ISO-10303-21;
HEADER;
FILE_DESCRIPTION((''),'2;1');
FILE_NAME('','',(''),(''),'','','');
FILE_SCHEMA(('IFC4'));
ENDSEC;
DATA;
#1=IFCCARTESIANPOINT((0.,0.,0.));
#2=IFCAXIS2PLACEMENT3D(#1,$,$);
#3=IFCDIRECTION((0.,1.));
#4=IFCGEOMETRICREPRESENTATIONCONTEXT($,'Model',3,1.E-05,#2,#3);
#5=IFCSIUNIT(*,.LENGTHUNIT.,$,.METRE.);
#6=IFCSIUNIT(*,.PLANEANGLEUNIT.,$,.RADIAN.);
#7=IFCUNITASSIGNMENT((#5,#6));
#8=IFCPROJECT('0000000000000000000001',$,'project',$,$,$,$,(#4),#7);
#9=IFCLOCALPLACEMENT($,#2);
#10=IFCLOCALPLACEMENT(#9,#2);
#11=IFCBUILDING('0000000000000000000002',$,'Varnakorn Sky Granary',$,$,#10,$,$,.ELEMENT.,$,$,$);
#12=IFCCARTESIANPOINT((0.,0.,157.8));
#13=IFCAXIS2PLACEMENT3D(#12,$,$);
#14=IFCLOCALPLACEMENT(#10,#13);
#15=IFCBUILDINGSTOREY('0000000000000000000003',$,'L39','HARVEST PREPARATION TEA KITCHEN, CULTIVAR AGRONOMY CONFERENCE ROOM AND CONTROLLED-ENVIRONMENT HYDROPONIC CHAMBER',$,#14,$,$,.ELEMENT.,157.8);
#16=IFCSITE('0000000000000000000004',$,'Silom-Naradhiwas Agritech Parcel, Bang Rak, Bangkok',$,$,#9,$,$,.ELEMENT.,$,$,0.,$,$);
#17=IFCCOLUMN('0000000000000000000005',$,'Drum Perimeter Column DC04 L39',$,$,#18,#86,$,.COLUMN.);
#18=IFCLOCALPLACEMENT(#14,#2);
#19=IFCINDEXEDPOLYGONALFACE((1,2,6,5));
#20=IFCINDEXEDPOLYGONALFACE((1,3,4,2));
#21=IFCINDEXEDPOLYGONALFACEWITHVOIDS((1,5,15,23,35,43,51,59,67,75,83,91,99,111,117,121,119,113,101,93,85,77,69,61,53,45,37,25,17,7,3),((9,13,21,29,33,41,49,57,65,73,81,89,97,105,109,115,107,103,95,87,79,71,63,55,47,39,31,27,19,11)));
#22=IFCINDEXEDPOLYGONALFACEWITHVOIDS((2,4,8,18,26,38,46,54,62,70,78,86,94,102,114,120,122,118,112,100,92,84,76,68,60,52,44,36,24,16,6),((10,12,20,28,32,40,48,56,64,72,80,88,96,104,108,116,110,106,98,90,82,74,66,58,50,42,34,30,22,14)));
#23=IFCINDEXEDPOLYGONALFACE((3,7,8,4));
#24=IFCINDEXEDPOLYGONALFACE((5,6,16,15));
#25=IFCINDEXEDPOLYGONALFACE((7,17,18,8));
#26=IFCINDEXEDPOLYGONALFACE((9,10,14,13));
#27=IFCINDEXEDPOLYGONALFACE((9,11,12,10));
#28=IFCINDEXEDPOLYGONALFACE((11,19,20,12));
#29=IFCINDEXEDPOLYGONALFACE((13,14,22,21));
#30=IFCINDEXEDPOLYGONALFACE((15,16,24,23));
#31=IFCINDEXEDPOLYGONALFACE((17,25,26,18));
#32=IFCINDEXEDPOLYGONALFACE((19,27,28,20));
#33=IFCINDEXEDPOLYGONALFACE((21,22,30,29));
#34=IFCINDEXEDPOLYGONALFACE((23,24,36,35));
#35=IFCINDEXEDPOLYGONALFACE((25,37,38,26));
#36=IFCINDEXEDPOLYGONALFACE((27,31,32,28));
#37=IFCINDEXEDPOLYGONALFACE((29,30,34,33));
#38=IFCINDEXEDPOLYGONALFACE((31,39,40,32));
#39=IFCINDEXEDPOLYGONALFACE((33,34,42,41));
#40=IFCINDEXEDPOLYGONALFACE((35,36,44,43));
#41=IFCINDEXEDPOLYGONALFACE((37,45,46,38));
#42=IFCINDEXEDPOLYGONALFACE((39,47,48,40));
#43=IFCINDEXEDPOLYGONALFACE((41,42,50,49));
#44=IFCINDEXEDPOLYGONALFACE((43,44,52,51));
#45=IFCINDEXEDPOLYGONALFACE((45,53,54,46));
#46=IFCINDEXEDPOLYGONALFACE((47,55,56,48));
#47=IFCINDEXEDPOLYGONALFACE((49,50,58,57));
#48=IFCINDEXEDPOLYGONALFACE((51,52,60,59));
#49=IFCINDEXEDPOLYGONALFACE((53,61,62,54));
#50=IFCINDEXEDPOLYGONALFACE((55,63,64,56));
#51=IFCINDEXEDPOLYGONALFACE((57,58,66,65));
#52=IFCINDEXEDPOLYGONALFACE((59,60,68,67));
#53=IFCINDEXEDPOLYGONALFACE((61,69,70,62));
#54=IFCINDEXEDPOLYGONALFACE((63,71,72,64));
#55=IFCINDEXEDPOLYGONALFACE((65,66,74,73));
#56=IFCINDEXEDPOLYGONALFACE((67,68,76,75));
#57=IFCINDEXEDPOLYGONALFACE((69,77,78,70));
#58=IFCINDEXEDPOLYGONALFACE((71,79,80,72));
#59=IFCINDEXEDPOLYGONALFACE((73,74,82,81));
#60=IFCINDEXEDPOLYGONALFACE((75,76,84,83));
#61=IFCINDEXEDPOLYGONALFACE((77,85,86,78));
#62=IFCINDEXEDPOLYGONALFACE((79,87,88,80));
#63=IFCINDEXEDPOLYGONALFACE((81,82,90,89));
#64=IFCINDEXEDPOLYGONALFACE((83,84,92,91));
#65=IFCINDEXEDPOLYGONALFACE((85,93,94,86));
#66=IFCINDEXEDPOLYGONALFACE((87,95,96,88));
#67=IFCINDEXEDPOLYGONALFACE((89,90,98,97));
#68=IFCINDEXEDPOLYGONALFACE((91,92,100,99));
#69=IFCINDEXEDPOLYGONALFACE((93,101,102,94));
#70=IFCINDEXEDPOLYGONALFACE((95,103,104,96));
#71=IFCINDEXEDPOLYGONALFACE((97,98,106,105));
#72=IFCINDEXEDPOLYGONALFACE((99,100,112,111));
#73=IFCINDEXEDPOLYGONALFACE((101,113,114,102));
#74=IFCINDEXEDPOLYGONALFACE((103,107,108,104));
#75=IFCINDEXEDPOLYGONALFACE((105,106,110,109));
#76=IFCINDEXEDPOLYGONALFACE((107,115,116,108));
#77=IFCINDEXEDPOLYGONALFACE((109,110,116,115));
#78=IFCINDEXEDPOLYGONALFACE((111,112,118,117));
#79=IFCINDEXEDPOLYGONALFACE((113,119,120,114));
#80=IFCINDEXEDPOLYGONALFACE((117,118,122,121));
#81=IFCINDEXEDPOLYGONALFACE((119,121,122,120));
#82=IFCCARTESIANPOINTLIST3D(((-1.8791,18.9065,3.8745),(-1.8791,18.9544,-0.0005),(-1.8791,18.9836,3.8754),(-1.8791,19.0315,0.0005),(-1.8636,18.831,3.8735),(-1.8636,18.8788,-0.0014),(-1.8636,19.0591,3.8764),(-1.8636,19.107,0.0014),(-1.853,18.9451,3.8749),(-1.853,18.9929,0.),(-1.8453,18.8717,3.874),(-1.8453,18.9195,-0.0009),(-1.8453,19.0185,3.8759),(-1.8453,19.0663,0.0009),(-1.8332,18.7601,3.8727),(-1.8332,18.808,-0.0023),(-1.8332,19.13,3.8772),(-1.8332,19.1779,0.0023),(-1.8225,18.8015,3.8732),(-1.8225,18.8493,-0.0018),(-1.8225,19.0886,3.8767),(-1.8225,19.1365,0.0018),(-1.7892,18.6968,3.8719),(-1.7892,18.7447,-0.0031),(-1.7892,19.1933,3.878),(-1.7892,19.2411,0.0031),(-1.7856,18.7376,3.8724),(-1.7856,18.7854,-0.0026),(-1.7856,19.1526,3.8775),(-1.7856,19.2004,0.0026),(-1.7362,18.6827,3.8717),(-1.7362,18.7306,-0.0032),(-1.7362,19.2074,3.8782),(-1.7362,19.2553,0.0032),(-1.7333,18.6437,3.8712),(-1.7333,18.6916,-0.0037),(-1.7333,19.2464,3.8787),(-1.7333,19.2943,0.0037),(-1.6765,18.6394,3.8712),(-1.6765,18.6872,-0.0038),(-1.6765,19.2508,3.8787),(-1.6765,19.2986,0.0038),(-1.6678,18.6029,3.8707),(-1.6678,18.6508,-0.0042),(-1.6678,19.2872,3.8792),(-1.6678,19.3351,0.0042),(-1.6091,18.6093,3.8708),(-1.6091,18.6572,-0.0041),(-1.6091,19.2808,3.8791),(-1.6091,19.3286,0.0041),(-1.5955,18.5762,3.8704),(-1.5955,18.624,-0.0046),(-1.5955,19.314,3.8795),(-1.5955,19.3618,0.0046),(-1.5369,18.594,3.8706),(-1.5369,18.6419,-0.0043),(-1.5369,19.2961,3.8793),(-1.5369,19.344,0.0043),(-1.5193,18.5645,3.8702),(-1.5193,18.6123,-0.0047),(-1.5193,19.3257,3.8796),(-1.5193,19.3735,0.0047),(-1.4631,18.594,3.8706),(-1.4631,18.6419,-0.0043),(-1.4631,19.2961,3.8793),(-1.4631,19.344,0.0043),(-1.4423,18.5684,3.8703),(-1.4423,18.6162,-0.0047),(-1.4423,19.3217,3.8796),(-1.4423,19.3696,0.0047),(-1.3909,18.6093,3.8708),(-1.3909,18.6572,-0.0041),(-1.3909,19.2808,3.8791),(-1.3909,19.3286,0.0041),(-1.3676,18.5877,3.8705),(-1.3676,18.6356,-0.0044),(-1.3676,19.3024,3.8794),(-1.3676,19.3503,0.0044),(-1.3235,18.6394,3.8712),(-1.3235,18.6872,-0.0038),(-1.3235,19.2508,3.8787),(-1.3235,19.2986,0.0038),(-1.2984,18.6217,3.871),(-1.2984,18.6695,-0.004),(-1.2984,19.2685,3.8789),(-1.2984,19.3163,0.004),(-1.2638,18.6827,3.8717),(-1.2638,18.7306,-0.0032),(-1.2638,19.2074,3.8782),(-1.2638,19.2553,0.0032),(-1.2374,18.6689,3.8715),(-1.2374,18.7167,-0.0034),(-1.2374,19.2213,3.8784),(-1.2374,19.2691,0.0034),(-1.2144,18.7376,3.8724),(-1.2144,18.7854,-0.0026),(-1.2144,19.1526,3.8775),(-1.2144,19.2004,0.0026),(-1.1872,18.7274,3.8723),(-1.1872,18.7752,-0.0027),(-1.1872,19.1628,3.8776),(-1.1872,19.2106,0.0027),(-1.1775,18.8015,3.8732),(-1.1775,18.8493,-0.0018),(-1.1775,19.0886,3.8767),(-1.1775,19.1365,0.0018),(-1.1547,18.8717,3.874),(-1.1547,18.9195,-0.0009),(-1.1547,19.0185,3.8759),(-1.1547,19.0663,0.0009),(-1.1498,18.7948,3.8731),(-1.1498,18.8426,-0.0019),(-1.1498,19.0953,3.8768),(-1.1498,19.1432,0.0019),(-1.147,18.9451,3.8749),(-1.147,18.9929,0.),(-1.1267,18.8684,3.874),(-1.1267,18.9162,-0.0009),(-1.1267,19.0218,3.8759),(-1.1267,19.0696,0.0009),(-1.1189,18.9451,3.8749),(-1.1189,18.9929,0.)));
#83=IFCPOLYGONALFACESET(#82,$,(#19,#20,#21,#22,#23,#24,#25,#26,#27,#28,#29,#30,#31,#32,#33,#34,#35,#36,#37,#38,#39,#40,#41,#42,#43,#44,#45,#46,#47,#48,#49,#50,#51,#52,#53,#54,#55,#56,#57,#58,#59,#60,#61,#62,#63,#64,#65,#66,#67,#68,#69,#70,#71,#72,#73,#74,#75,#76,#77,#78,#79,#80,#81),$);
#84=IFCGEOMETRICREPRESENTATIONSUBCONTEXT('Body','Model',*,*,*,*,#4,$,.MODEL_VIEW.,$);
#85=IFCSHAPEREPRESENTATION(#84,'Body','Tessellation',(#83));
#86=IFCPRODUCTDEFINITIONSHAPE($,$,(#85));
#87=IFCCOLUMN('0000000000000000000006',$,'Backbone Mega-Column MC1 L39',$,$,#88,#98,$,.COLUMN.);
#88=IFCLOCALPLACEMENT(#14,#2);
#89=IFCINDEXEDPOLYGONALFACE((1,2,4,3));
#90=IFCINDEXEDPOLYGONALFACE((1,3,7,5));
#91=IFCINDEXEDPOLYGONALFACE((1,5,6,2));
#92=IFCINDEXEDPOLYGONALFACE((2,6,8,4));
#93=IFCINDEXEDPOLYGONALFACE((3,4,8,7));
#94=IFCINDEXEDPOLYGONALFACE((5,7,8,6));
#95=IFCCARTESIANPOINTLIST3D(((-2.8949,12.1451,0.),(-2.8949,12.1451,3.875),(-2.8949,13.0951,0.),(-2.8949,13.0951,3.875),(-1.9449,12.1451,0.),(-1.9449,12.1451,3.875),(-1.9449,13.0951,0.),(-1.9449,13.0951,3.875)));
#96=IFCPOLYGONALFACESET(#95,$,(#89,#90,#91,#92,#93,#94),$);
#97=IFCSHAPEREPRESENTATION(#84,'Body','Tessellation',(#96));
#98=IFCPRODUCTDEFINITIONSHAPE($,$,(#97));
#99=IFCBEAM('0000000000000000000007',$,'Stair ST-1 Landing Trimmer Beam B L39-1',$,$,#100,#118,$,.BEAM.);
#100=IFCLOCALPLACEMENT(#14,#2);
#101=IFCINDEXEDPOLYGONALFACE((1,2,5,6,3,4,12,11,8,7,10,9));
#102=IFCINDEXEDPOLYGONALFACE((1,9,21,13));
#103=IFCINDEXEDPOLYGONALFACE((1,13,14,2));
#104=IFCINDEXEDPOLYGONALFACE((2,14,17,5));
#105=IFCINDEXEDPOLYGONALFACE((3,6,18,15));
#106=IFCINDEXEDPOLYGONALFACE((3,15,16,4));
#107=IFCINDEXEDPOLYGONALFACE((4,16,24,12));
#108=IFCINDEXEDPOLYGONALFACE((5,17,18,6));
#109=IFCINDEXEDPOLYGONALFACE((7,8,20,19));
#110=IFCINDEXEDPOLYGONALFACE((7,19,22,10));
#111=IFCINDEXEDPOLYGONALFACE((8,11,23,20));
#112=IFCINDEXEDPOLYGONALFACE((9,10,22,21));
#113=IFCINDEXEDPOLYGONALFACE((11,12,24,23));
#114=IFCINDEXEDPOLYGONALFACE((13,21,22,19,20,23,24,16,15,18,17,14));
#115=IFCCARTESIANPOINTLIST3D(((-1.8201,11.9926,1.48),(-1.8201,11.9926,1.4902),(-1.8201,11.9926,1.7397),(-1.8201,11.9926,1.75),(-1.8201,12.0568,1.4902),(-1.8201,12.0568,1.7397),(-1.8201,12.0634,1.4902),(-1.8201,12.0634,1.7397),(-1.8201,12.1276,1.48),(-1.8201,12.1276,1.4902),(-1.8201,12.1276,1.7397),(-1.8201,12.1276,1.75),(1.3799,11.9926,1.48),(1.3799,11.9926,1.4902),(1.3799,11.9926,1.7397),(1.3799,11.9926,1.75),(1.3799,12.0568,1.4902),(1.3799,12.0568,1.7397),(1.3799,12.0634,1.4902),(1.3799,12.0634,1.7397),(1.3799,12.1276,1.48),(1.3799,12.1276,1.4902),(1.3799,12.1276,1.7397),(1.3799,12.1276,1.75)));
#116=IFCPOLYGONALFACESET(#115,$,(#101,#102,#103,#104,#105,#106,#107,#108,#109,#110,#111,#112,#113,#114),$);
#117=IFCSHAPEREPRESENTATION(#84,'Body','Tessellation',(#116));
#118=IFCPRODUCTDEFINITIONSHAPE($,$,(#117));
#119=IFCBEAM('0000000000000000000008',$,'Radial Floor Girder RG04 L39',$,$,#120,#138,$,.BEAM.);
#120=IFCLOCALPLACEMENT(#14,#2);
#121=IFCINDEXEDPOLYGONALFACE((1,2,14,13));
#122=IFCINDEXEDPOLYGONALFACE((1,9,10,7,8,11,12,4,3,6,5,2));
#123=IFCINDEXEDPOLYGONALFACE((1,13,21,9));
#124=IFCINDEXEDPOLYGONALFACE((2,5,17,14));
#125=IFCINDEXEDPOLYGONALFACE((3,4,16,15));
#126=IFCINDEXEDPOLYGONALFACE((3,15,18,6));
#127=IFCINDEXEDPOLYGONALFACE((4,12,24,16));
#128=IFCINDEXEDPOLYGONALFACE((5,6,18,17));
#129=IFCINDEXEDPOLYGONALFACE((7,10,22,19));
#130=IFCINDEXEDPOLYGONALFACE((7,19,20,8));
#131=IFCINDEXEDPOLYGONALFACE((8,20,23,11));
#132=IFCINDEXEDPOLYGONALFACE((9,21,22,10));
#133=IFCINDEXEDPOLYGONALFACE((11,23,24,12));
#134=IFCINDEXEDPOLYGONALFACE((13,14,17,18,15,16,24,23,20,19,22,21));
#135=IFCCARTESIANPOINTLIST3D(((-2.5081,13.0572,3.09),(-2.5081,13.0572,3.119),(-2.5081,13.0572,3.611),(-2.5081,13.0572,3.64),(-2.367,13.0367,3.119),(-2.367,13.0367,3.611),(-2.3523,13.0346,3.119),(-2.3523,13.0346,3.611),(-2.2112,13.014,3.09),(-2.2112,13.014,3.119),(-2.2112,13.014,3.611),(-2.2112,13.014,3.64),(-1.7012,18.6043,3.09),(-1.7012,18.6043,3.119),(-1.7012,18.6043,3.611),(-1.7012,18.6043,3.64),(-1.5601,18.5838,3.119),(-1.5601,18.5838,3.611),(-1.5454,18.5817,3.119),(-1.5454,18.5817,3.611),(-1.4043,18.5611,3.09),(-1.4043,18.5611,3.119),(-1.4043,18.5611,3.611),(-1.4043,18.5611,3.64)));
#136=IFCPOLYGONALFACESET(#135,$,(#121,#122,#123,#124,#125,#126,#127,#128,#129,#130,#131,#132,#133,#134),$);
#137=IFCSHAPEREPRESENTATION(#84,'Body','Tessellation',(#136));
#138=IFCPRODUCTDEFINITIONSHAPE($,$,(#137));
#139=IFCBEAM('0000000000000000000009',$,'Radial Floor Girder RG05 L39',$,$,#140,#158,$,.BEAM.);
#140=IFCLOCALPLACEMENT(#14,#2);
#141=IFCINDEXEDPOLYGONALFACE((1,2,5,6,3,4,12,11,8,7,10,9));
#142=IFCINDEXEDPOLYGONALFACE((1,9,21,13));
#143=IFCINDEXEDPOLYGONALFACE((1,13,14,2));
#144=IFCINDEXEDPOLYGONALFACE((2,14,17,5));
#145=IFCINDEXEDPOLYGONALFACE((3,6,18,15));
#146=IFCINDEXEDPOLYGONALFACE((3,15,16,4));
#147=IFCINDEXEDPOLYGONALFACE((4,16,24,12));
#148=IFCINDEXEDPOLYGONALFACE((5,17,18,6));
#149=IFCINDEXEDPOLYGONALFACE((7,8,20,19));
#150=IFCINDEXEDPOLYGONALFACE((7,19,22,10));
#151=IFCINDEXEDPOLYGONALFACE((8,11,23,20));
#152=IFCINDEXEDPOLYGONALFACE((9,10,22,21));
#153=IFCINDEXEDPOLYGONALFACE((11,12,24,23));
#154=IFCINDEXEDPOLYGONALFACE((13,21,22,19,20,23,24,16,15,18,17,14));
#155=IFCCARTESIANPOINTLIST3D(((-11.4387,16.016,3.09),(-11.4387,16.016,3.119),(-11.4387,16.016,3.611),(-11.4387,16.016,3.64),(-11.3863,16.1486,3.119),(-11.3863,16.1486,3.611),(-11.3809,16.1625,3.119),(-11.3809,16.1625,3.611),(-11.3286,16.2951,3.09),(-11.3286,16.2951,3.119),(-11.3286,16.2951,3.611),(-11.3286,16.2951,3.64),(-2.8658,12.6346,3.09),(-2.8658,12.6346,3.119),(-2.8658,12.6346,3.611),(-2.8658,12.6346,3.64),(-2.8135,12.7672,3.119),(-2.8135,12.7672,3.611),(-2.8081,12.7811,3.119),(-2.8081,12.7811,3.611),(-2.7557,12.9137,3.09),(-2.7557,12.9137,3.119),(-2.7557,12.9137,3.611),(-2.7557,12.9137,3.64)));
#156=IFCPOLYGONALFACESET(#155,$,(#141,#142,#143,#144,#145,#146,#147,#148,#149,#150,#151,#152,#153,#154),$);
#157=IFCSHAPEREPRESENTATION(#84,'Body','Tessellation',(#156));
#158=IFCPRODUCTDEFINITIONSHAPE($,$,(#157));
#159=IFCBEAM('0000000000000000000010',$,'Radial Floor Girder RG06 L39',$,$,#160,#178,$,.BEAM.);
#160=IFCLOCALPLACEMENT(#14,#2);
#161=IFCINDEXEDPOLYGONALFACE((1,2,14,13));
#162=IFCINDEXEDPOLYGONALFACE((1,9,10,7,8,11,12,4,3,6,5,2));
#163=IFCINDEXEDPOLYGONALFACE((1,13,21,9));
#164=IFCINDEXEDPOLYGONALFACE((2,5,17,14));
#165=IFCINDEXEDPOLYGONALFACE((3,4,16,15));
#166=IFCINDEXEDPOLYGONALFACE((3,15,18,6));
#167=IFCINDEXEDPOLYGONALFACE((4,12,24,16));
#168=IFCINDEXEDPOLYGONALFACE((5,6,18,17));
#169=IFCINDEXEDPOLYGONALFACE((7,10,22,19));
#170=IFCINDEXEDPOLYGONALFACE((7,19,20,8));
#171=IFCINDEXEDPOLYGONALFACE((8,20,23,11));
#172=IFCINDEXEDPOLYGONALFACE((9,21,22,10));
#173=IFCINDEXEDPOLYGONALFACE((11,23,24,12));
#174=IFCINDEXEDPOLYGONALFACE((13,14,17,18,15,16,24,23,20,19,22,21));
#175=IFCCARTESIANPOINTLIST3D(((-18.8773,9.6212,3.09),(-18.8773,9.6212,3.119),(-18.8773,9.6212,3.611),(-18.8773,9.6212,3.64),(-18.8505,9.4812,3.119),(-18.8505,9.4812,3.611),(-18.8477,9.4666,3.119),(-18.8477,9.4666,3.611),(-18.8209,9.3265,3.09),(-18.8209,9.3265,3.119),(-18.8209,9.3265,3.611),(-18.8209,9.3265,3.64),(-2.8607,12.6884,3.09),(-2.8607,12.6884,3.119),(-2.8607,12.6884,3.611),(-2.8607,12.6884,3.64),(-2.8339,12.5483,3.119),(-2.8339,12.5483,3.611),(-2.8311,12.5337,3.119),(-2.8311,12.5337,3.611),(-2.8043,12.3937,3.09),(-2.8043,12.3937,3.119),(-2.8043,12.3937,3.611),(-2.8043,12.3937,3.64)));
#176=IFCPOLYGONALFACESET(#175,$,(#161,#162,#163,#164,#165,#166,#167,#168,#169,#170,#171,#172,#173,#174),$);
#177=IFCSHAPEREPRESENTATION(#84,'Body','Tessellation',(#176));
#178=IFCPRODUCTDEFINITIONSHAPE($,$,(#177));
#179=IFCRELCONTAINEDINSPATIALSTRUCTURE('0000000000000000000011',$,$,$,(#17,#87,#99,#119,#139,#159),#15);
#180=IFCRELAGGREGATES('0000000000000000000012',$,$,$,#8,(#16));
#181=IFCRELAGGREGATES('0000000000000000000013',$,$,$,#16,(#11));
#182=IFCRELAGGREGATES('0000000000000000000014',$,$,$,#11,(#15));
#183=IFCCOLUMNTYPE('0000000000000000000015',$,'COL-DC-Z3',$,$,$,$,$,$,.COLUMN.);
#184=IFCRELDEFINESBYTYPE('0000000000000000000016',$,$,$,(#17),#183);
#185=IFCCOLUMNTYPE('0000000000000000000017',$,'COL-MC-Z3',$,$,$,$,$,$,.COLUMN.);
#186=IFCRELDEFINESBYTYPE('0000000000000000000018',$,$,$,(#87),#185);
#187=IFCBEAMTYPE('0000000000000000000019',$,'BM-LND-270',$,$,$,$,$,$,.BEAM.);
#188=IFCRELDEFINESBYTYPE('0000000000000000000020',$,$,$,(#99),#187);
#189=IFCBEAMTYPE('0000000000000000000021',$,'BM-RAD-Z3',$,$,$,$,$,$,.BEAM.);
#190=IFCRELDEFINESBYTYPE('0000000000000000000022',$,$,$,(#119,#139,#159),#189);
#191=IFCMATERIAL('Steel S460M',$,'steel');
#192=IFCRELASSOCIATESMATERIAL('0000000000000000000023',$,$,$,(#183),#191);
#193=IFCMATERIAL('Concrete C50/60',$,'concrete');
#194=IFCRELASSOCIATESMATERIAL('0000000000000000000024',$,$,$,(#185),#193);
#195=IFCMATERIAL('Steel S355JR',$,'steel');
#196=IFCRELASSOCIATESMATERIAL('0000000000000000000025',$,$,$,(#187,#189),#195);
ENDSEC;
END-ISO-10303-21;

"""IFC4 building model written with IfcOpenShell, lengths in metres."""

from ifc_helpers import new_model, si_unit, direction, frame, origin, origin_2d, place, context, subcontext, project, spatial, rectangle, hollow_circle, i_section, extrude, material, material_profile, profile_set, type_object, element, save


model = new_model("IFC4")

# Units and contexts
model_context = context("Model", 3, precision=1e-05, world=origin(), true_north=direction((0.0, 1.0)))
body_context = subcontext(model_context, "Body", "Model", "MODEL_VIEW")
ifc_project = project(units=[si_unit("LENGTHUNIT", "METRE"), si_unit("PLANEANGLEUNIT", "RADIAN")], contexts=[model_context])

# Site, building, storey
site_placement = place(None, origin())
site = spatial("IfcSite", under=ifc_project, at=site_placement, Name="Silom-Naradhiwas Agritech Parcel, Bang Rak, Bangkok", CompositionType="ELEMENT", RefElevation=0.0)
building_placement = place(site_placement, origin())
building = spatial("IfcBuilding", under=site, at=building_placement, Name="Varnakorn Sky Granary", CompositionType="ELEMENT")
storey_placement = place(building_placement, frame((0.0, 0.0, 157.8)))
storey = spatial("IfcBuildingStorey", under=building, at=storey_placement, Name="L39", Description="HARVEST PREPARATION TEA KITCHEN, CULTIVAR AGRONOMY CONFERENCE ROOM AND CONTROLLED-ENVIRONMENT HYDROPONIC CHAMBER", CompositionType="ELEMENT", Elevation=157.8)

# Columns
ifc_material_1 = material(Name="Steel S460M", Category="steel")
ifc_material_profile_1 = material_profile(ifc_material_1, hollow_circle(Radius=0.3811, WallThickness=0.0281, at=origin_2d()), Name="CHS 762x28")
ifc_profile_set_1 = profile_set([ifc_material_profile_1], Name="Steel S460M")
column_type_1 = type_object("IfcColumnType", Name="COL-DC-Z3", PredefinedType="COLUMN", material=ifc_profile_set_1)
column_1_placement = place(storey_placement, frame((-1.5, 18.9929, 0.0), z_axis=(0.0, -0.012348, 0.999924), x_axis=(1.0, 0.0, 0.0)))
element("IfcColumn", 1, at=column_1_placement, inside=storey, type_object=column_type_1, Name="Drum Perimeter Column DC04 L39", PredefinedType="COLUMN", context=body_context, shape_type="SweptSolid", body=[
    extrude(hollow_circle(Radius=0.3811, WallThickness=0.0281, at=origin_2d()), origin(), (0.0, 0.0, 1.0), 3.8752),
])
ifc_material_2 = material(Name="Concrete C50/60", Category="concrete")
ifc_material_profile_2 = material_profile(ifc_material_2, rectangle(XDim=0.95, YDim=0.95, at=origin_2d()), Name="RC 950x950")
ifc_profile_set_2 = profile_set([ifc_material_profile_2], Name="Concrete C50/60")
column_type_2 = type_object("IfcColumnType", Name="COL-MC-Z3", PredefinedType="COLUMN", material=ifc_profile_set_2)
column_2_placement = place(storey_placement, frame((-2.4199, 12.6201, 0.0), z_axis=(0.0, 0.0, 1.0), x_axis=(1.0, 0.0, 0.0)))
element("IfcColumn", 2, at=column_2_placement, inside=storey, type_object=column_type_2, Name="Backbone Mega-Column MC1 L39", PredefinedType="COLUMN", context=body_context, shape_type="SweptSolid", body=[
    extrude(rectangle(XDim=0.95, YDim=0.95, at=origin_2d()), origin(), (0.0, 0.0, 1.0), 3.875),
])

# Beams
ifc_material_3 = material(Name="Steel S355JR", Category="steel")
ifc_material_profile_3 = material_profile(ifc_material_3, i_section(OverallWidth=0.135, OverallDepth=0.27, WebThickness=0.0066, FlangeThickness=0.0103, at=origin_2d()), Name="IPE 270")
ifc_profile_set_3 = profile_set([ifc_material_profile_3], Name="Steel S355JR")
beam_type_1 = type_object("IfcBeamType", Name="BM-LND-270", PredefinedType="BEAM", material=ifc_profile_set_3)
beam_1_placement = place(storey_placement, frame((-1.8201, 12.0601, 1.615), z_axis=(1.0, 0.0, 0.0), x_axis=(0.0, 1.0, 0.0)))
element("IfcBeam", 3, at=beam_1_placement, inside=storey, type_object=beam_type_1, Name="Stair ST-1 Landing Trimmer Beam B L39-1", PredefinedType="BEAM", context=body_context, shape_type="SweptSolid", body=[
    extrude(i_section(OverallWidth=0.135, OverallDepth=0.27, WebThickness=0.0066, FlangeThickness=0.0103, at=origin_2d()), origin(), (0.0, 0.0, 1.0), 3.2),
])
ifc_material_profile_4 = material_profile(ifc_material_3, i_section(OverallWidth=0.3, OverallDepth=0.55, WebThickness=0.0149, FlangeThickness=0.0291, at=origin_2d()), Name="HE 550 B")
ifc_profile_set_4 = profile_set([ifc_material_profile_4], Name="Steel S355JR")
beam_type_2 = type_object("IfcBeamType", Name="BM-RAD-Z3", PredefinedType="BEAM", material=ifc_profile_set_4)
beam_2_placement = place(storey_placement, frame((-2.3596, 13.0356, 3.365), z_axis=(0.143945, 0.989586, 0.0), x_axis=(-0.989586, 0.143945, 0.0)))
element("IfcBeam", 4, at=beam_2_placement, inside=storey, type_object=beam_type_2, Name="Radial Floor Girder RG04 L39", PredefinedType="BEAM", context=body_context, shape_type="SweptSolid", body=[
    extrude(i_section(OverallWidth=0.3, OverallDepth=0.55, WebThickness=0.0149, FlangeThickness=0.0291, at=origin_2d()), origin(), (0.0, 0.0, 1.0), 5.6055),
])
beam_3_placement = place(storey_placement, frame((-2.8108, 12.7742, 3.365), z_axis=(-0.930253, 0.366919, 0.0), x_axis=(-0.366919, -0.930253, 0.0)))
element("IfcBeam", 5, at=beam_3_placement, inside=storey, type_object=beam_type_2, Name="Radial Floor Girder RG05 L39", PredefinedType="BEAM", context=body_context, shape_type="SweptSolid", body=[
    extrude(i_section(OverallWidth=0.3, OverallDepth=0.55, WebThickness=0.0149, FlangeThickness=0.0291, at=origin_2d()), origin(), (0.0, 0.0, 1.0), 9.2156),
])
beam_4_placement = place(storey_placement, frame((-2.8325, 12.541, 3.365), z_axis=(-0.982154, -0.18808, 0.0), x_axis=(0.18808, -0.982154, 0.0)))
element("IfcBeam", 6, at=beam_4_placement, inside=storey, type_object=beam_type_2, Name="Radial Floor Girder RG06 L39", PredefinedType="BEAM", context=body_context, shape_type="SweptSolid", body=[
    extrude(i_section(OverallWidth=0.3, OverallDepth=0.55, WebThickness=0.0149, FlangeThickness=0.0291, at=origin_2d()), origin(), (0.0, 0.0, 1.0), 16.3076),
])

save(model, "model.ifc")
